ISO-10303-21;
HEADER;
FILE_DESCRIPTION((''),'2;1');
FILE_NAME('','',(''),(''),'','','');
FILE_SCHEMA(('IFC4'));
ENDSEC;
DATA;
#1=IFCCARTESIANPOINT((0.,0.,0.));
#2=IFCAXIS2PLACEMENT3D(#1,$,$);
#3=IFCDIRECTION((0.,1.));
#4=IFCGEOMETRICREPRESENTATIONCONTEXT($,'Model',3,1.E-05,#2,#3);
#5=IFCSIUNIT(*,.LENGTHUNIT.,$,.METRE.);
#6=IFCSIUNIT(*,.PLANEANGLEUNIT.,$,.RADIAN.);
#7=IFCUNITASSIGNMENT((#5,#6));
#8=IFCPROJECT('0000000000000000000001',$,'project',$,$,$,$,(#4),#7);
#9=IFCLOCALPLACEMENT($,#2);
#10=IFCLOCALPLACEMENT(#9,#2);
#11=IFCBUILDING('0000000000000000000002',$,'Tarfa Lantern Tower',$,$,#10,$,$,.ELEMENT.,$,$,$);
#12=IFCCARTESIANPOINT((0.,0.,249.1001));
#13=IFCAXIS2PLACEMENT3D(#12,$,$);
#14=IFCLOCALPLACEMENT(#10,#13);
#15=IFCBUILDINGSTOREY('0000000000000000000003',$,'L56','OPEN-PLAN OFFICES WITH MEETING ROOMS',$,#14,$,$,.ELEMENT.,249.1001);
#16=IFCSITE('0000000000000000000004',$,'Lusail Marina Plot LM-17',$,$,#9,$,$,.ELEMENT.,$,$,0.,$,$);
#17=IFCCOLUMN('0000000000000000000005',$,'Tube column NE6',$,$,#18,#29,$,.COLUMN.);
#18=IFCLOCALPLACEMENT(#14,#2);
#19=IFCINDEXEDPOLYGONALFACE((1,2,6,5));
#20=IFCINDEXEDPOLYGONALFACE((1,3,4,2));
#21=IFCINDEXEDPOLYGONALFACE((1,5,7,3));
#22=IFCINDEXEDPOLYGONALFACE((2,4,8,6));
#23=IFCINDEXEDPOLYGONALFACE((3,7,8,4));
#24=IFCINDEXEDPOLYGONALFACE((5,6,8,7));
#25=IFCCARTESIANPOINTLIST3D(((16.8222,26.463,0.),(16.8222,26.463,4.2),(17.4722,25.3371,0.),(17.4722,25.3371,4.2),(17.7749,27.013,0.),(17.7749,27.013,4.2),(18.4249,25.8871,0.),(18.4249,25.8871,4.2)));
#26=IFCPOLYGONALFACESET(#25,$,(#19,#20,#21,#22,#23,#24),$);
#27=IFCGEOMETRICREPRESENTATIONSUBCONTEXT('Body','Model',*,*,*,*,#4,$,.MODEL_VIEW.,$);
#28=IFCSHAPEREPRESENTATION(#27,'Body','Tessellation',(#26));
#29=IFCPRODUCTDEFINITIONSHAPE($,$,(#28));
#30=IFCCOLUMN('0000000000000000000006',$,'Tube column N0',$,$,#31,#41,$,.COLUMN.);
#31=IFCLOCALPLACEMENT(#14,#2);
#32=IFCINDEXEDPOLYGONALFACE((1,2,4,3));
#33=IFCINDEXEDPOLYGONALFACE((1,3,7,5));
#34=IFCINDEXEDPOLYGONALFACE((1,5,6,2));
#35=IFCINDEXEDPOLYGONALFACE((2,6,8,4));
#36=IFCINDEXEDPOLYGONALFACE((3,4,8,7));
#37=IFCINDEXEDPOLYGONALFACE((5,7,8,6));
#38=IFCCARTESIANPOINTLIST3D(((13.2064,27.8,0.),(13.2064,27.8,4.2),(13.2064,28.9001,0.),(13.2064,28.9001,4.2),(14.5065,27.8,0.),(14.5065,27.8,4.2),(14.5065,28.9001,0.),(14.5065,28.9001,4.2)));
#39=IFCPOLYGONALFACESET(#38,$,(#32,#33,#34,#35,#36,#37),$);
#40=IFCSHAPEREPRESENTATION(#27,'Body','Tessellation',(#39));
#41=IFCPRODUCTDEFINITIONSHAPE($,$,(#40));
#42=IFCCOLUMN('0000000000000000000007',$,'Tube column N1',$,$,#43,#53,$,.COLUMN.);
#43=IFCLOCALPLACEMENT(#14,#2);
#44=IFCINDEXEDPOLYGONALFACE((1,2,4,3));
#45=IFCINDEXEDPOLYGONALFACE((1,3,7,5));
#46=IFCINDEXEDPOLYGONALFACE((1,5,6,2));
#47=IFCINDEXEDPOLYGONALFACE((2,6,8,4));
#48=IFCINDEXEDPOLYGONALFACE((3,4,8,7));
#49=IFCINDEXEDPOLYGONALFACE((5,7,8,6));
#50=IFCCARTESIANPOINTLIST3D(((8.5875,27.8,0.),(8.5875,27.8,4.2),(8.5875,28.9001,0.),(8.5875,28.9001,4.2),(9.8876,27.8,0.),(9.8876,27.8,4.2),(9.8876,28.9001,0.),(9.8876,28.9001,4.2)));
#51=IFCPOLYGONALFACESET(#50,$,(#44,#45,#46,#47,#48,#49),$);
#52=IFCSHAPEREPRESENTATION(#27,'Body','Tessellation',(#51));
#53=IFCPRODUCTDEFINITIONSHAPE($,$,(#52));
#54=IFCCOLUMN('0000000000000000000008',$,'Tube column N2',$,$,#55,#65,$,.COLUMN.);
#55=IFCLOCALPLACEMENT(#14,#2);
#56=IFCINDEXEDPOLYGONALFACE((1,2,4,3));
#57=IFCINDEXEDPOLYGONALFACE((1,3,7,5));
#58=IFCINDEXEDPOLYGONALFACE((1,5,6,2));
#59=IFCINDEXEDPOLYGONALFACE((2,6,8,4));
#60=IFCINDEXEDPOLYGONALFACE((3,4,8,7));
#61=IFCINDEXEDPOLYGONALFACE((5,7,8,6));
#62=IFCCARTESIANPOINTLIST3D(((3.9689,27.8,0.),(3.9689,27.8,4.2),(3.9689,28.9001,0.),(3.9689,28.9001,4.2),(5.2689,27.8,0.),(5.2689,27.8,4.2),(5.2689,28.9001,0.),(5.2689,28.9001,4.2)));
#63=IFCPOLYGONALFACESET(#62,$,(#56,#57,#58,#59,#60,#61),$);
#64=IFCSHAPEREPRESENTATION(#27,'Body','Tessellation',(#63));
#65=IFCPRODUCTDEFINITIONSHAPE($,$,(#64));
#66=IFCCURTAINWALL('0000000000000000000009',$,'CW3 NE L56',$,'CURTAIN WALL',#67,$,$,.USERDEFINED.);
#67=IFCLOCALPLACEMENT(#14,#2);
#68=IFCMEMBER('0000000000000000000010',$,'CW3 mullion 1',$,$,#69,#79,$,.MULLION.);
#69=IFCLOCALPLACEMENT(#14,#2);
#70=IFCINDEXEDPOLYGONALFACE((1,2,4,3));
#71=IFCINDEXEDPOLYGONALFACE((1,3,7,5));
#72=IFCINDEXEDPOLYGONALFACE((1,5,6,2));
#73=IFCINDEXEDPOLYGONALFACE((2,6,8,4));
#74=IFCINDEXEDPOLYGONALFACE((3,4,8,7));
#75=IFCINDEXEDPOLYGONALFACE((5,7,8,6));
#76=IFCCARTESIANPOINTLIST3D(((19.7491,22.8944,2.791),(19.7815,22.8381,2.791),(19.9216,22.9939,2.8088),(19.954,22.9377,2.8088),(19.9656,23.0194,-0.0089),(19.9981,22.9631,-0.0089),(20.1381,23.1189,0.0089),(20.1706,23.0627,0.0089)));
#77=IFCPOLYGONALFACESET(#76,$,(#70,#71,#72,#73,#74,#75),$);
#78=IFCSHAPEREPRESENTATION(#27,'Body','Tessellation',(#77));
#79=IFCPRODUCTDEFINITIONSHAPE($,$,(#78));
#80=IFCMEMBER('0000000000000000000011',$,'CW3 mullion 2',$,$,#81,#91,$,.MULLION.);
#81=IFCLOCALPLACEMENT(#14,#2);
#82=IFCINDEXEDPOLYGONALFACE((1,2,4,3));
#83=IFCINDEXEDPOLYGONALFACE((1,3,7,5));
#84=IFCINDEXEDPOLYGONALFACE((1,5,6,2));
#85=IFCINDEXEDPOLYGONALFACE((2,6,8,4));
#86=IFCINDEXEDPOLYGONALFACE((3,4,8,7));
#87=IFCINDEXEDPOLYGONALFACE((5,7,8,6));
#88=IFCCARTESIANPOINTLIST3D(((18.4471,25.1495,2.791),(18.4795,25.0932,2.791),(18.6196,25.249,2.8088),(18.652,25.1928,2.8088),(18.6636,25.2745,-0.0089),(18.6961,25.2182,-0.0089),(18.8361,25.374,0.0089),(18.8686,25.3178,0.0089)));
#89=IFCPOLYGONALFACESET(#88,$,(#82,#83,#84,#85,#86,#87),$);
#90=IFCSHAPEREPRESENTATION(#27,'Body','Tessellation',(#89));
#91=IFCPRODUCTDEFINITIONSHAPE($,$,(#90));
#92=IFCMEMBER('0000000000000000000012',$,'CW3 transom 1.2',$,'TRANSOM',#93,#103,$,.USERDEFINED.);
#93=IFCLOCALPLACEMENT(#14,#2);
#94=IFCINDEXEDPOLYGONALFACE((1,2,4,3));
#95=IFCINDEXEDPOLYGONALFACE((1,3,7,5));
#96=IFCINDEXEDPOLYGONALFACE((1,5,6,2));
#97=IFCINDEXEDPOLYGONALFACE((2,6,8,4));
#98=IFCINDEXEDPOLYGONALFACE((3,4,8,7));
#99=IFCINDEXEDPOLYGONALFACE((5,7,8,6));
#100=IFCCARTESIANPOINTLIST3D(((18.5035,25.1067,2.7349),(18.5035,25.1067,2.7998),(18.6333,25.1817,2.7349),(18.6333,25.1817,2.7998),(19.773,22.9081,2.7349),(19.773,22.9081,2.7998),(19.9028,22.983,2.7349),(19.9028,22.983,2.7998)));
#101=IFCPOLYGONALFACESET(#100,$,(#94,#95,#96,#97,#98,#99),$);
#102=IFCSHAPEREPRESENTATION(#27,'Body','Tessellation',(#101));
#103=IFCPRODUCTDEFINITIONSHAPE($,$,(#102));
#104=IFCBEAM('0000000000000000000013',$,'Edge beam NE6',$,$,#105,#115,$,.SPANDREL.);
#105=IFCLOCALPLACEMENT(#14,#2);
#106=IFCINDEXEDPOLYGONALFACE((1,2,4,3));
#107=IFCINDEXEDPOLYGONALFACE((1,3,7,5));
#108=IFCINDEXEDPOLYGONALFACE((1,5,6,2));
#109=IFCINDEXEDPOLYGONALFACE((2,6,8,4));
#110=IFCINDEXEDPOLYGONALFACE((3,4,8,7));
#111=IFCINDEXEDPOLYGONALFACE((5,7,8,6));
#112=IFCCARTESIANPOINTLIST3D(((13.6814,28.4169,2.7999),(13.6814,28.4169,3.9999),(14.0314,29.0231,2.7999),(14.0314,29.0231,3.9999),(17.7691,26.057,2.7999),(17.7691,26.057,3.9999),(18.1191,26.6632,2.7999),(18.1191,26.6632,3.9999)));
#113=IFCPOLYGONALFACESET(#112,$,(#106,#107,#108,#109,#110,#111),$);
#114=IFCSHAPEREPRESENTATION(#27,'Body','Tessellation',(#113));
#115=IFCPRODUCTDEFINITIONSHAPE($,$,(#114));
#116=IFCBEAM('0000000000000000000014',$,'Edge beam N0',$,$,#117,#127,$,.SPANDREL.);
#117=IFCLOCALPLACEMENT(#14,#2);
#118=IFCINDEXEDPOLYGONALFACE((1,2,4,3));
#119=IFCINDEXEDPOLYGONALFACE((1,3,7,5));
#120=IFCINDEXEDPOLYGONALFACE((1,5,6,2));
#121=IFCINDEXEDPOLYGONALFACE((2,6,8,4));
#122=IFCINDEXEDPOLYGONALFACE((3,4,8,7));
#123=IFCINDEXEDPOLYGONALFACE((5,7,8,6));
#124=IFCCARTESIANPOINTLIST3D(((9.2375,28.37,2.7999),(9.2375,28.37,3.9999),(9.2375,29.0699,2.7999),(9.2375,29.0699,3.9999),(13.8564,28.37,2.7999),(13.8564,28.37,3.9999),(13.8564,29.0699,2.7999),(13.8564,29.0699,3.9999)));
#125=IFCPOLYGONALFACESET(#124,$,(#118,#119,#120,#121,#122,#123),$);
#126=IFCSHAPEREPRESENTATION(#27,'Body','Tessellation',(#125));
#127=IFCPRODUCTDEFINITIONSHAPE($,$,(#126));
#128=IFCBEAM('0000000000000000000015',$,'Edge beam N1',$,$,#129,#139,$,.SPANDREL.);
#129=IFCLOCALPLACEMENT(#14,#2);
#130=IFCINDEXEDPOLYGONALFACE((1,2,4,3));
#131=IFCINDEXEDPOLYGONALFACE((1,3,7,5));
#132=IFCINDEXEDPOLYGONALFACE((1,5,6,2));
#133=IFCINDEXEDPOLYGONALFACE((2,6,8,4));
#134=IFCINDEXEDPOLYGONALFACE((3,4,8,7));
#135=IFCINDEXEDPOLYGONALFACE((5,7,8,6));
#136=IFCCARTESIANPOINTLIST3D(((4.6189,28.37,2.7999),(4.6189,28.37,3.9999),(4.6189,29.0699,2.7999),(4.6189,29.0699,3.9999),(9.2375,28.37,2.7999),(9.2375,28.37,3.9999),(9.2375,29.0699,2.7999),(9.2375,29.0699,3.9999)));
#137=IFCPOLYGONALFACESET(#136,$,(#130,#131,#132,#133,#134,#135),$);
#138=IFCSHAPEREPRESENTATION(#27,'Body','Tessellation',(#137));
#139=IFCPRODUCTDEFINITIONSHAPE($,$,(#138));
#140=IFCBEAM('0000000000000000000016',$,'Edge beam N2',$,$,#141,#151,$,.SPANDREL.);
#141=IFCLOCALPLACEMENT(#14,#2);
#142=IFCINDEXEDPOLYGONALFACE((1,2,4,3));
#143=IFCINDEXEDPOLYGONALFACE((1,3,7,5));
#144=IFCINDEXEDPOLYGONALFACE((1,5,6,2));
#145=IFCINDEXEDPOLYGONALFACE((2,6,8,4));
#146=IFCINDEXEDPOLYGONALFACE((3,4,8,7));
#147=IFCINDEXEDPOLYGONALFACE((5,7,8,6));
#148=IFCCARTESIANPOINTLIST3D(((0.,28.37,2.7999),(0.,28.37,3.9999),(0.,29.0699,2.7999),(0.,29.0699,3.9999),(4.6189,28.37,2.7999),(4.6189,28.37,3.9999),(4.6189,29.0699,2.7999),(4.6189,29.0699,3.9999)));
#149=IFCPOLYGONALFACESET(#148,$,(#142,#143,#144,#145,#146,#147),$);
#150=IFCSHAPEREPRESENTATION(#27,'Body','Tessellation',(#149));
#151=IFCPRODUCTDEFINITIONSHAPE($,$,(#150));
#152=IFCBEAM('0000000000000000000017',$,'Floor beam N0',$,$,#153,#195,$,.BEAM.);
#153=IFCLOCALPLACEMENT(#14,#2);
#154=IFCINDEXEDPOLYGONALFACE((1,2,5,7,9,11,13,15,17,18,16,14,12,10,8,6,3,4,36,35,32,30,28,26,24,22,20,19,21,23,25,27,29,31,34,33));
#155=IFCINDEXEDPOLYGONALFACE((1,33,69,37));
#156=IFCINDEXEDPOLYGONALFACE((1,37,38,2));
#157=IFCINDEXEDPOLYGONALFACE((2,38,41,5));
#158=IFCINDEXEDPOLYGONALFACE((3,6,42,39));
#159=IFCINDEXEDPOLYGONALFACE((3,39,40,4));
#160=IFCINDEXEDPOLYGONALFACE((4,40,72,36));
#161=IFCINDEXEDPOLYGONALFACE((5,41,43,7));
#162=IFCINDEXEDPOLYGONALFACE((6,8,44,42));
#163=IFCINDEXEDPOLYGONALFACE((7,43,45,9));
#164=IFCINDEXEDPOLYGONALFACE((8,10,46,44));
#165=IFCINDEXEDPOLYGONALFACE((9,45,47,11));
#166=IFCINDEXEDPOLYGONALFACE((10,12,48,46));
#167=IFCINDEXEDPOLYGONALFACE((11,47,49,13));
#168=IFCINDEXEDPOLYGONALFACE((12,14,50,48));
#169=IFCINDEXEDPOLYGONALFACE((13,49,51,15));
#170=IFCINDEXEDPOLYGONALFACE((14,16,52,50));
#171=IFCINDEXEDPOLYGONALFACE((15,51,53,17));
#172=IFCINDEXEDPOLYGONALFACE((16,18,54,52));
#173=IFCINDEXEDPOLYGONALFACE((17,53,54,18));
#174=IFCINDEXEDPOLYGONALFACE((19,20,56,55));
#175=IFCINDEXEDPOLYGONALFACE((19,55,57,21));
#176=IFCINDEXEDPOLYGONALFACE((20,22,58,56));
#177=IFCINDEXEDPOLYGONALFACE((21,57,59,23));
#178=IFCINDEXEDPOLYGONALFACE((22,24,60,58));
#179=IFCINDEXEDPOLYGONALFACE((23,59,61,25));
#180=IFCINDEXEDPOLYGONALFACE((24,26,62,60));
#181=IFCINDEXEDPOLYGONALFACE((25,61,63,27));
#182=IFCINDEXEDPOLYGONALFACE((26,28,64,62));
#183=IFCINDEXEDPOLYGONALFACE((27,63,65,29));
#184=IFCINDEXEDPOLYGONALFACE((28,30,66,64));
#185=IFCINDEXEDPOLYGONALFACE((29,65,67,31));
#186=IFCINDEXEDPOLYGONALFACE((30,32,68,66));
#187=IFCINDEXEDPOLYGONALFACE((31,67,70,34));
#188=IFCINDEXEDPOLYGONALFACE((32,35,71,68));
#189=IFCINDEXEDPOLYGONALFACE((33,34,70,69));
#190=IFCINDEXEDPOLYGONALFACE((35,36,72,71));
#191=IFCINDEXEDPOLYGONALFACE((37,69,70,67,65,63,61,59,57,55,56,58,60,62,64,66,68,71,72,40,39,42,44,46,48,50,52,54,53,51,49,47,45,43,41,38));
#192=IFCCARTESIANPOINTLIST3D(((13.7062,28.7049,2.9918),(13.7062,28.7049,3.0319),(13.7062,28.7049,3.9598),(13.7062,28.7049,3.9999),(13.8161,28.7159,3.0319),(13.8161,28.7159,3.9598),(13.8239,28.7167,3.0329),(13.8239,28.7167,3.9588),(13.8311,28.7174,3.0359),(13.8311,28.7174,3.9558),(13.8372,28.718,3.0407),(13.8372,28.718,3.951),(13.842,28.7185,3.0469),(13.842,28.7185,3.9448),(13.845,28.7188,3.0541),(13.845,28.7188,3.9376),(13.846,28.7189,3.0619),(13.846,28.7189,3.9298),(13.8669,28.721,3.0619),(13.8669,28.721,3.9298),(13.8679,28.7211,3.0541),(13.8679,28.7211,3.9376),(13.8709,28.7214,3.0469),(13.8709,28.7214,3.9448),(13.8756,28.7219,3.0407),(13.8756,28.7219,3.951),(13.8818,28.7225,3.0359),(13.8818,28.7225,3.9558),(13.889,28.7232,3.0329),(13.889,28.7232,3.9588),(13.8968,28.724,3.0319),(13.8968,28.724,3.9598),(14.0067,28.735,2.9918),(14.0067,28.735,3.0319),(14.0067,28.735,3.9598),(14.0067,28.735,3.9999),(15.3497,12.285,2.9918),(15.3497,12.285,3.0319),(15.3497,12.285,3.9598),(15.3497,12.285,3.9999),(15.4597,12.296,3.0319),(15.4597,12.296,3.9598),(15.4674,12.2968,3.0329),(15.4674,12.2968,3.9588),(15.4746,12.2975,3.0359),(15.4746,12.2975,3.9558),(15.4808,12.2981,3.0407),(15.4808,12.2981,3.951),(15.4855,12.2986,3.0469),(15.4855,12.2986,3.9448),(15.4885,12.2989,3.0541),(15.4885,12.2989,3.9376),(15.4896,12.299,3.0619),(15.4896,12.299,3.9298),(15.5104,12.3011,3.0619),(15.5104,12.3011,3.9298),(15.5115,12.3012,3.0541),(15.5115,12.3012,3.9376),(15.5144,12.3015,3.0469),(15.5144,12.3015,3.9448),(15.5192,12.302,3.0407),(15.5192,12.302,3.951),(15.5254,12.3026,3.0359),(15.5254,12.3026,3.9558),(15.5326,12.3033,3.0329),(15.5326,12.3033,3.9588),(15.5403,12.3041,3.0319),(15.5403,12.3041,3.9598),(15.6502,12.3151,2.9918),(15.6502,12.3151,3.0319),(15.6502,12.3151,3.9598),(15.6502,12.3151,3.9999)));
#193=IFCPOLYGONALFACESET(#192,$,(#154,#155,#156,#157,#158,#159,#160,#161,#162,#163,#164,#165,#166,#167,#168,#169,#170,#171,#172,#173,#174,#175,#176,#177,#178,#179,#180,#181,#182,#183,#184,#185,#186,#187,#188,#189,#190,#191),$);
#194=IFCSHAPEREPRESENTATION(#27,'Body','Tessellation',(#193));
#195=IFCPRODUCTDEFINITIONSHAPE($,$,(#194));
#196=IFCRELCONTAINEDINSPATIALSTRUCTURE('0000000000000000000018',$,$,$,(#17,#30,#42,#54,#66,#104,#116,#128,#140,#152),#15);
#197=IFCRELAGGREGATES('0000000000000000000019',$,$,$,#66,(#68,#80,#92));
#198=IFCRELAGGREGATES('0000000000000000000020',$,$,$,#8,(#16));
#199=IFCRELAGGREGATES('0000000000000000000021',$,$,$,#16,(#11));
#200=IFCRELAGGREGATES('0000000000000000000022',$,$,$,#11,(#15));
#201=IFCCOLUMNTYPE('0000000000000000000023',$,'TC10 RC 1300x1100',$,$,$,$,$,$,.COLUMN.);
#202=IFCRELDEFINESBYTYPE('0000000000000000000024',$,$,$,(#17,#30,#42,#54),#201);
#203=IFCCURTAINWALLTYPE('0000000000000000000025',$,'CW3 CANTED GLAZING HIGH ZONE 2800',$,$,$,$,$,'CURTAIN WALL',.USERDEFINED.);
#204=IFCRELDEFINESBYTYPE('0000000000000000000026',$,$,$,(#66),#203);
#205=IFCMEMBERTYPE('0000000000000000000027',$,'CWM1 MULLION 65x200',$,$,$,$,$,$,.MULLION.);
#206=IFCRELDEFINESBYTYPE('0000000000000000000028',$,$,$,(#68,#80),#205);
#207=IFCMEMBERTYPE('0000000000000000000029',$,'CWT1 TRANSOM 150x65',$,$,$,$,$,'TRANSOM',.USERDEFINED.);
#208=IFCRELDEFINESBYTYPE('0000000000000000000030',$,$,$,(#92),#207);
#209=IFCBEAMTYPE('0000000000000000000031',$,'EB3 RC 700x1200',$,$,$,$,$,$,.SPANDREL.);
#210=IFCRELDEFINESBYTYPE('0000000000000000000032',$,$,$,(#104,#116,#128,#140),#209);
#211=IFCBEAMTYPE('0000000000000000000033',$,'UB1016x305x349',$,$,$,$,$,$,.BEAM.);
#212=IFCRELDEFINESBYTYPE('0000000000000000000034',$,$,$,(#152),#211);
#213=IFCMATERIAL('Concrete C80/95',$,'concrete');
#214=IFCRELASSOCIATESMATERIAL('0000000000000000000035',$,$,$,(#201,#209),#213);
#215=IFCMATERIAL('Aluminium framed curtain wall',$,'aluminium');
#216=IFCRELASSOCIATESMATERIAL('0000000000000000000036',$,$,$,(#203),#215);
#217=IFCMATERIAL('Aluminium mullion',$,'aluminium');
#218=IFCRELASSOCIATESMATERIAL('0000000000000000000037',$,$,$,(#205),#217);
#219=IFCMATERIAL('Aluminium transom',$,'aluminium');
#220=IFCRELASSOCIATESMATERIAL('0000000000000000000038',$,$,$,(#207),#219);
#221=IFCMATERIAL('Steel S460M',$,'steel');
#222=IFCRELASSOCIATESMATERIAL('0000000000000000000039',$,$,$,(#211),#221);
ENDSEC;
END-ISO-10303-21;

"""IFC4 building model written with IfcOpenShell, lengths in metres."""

from ifc_helpers import new_model, si_unit, direction, frame, origin, origin_2d, place, context, subcontext, project, spatial, rectangle, i_section, extrude, material, material_profile, profile_set, type_object, element, aggregate, save


model = new_model("IFC4")

# Units and contexts
model_context = context("Model", 3, precision=1e-05, world=origin(), true_north=direction((0.0, 1.0)))
body_context = subcontext(model_context, "Body", "Model", "MODEL_VIEW")
ifc_project = project(units=[si_unit("LENGTHUNIT", "METRE"), si_unit("PLANEANGLEUNIT", "RADIAN")], contexts=[model_context])

# Site, building, storey
site_placement = place(None, origin())
site = spatial("IfcSite", under=ifc_project, at=site_placement, Name="Lusail Marina Plot LM-17", CompositionType="ELEMENT", RefElevation=0.0)
building_placement = place(site_placement, origin())
building = spatial("IfcBuilding", under=site, at=building_placement, Name="Tarfa Lantern Tower", CompositionType="ELEMENT")
storey_placement = place(building_placement, frame((0.0, 0.0, 249.1001)))
storey = spatial("IfcBuildingStorey", under=building, at=storey_placement, Name="L56", Description="OPEN-PLAN OFFICES WITH MEETING ROOMS", CompositionType="ELEMENT", Elevation=249.1001)

# Columns
ifc_material_1 = material(Name="Concrete C80/95", Category="concrete")
ifc_material_profile_1 = material_profile(ifc_material_1, rectangle(XDim=1.3, YDim=1.1001, at=origin_2d()), Name="RC 1300x1100")
ifc_profile_set_1 = profile_set([ifc_material_profile_1], Name="Concrete C80/95")
column_type = type_object("IfcColumnType", Name="TC10 RC 1300x1100", PredefinedType="COLUMN", material=ifc_profile_set_1)
for number, where, z_axis, x_axis, name in (
    (1, (17.6235, 26.175, 0.0), (0.0, 0.0, 1.0), (-0.5, 0.866025, 0.0), "Tube column NE6"),
    (2, (13.8564, 28.3501, 0.0), (0.0, 0.0, 1.0), (-1.0, 0.0, 0.0), "Tube column N0"),
    (3, (9.2375, 28.3501, 0.0), (0.0, 0.0, 1.0), (-1.0, 0.0, 0.0), "Tube column N1"),
    (4, (4.6189, 28.3501, 0.0), (0.0, 0.0, 1.0), (-1.0, 0.0, 0.0), "Tube column N2"),
):
    element("IfcColumn", number, at=place(storey_placement, frame(where, z_axis=z_axis, x_axis=x_axis)), inside=storey, type_object=column_type, Name=name, PredefinedType="COLUMN", context=body_context, shape_type="SweptSolid", body=[
        extrude(rectangle(XDim=1.3, YDim=1.1001, at=origin_2d()), origin(), (0.0, 0.0, 1.0), 4.2),
    ])

# Curtain wall, members
ifc_material_2 = material(Name="Aluminium framed curtain wall", Category="aluminium")
curtain_wall_type = type_object("IfcCurtainWallType", Name="CW3 CANTED GLAZING HIGH ZONE 2800", ElementType="CURTAIN WALL", PredefinedType="USERDEFINED", material=ifc_material_2)
curtain_wall_placement = place(storey_placement, origin())
curtain_wall = element("IfcCurtainWall", 5, at=curtain_wall_placement, inside=storey, type_object=curtain_wall_type, Name="CW3 NE L56", ObjectType="CURTAIN WALL", PredefinedType="USERDEFINED")
ifc_material_3 = material(Name="Aluminium mullion", Category="aluminium")
ifc_material_profile_2 = material_profile(ifc_material_3, rectangle(XDim=0.0649, YDim=0.2, at=origin_2d()), Name="AL MULLION 65x200")
ifc_profile_set_2 = profile_set([ifc_material_profile_2], Name="Aluminium mullion")
member_type_1 = type_object("IfcMemberType", Name="CWM1 MULLION 65x200", PredefinedType="MULLION", material=ifc_profile_set_2)
member_1_placement = place(storey_placement, frame((20.0681, 23.041, 0.0), z_axis=(-0.077039, -0.044469, 0.996036), x_axis=(0.49992, -0.866072, 0.0)))
member_1 = element("IfcMember", 6, at=member_1_placement, type_object=member_type_1, Name="CW3 mullion 1", PredefinedType="MULLION", context=body_context, shape_type="SweptSolid", body=[
    extrude(rectangle(XDim=0.0649, YDim=0.2, at=origin_2d()), origin(), (0.0, 0.0, 1.0), 2.811),
])
member_2_placement = place(storey_placement, frame((18.7661, 25.2961, 0.0), z_axis=(-0.077039, -0.044469, 0.996036), x_axis=(0.49992, -0.866072, 0.0)))
member_2 = element("IfcMember", 7, at=member_2_placement, type_object=member_type_1, Name="CW3 mullion 2", PredefinedType="MULLION", context=body_context, shape_type="SweptSolid", body=[
    extrude(rectangle(XDim=0.0649, YDim=0.2, at=origin_2d()), origin(), (0.0, 0.0, 1.0), 2.811),
])
ifc_material_4 = material(Name="Aluminium transom", Category="aluminium")
ifc_material_profile_3 = material_profile(ifc_material_4, rectangle(XDim=0.1499, YDim=0.0649, at=origin_2d()), Name="AL TRANSOM 150x65")
ifc_profile_set_3 = profile_set([ifc_material_profile_3], Name="Aluminium transom")
member_type_2 = type_object("IfcMemberType", Name="CWT1 TRANSOM 150x65", ElementType="TRANSOM", PredefinedType="USERDEFINED", material=ifc_profile_set_3)
member_3_placement = place(storey_placement, frame((19.8379, 22.9456, 2.7673), z_axis=(-0.500028, 0.866009, 0.0), x_axis=(-0.866009, -0.500028, 0.0)))
member_3 = element("IfcMember", 8, at=member_3_placement, type_object=member_type_2, Name="CW3 transom 1.2", ObjectType="TRANSOM", PredefinedType="USERDEFINED", context=body_context, shape_type="SweptSolid", body=[
    extrude(rectangle(XDim=0.1499, YDim=0.0649, at=origin_2d()), origin(), (0.0, 0.0, 1.0), 2.5388),
])

# Beams
ifc_material_profile_4 = material_profile(ifc_material_1, rectangle(XDim=0.7, YDim=1.2, at=origin_2d()), Name="RC 700x1200")
ifc_profile_set_4 = profile_set([ifc_material_profile_4], Name="Concrete C80/95")
beam_type_1 = type_object("IfcBeamType", Name="EB3 RC 700x1200", PredefinedType="SPANDREL", material=ifc_profile_set_4)
beam_1_placement = place(storey_placement, frame((17.9441, 26.3601, 3.3999), z_axis=(-0.866038, 0.499978, 0.0), x_axis=(-0.499978, -0.866038, 0.0)))
element("IfcBeam", 9, at=beam_1_placement, inside=storey, type_object=beam_type_1, Name="Edge beam NE6", PredefinedType="SPANDREL", context=body_context, shape_type="SweptSolid", body=[
    extrude(rectangle(XDim=0.7, YDim=1.2, at=origin_2d()), origin(), (0.0, 0.0, 1.0), 4.72),
])
beam_2_placement = place(storey_placement, frame((13.8564, 28.72, 3.3999), z_axis=(-1.0, 0.0, 0.0), x_axis=(0.0, -1.0, 0.0)))
element("IfcBeam", 10, at=beam_2_placement, inside=storey, type_object=beam_type_1, Name="Edge beam N0", PredefinedType="SPANDREL", context=body_context, shape_type="SweptSolid", body=[
    extrude(rectangle(XDim=0.7, YDim=1.2, at=origin_2d()), origin(), (0.0, 0.0, 1.0), 4.6189),
])
beam_3_placement = place(storey_placement, frame((9.2375, 28.72, 3.3999), z_axis=(-1.0, 0.0, 0.0), x_axis=(0.0, -1.0, 0.0)))
element("IfcBeam", 11, at=beam_3_placement, inside=storey, type_object=beam_type_1, Name="Edge beam N1", PredefinedType="SPANDREL", context=body_context, shape_type="SweptSolid", body=[
    extrude(rectangle(XDim=0.7, YDim=1.2, at=origin_2d()), origin(), (0.0, 0.0, 1.0), 4.6187),
])
beam_4_placement = place(storey_placement, frame((4.6189, 28.72, 3.3999), z_axis=(-1.0, 0.0, 0.0), x_axis=(0.0, -1.0, 0.0)))
element("IfcBeam", 12, at=beam_4_placement, inside=storey, type_object=beam_type_1, Name="Edge beam N2", PredefinedType="SPANDREL", context=body_context, shape_type="SweptSolid", body=[
    extrude(rectangle(XDim=0.7, YDim=1.2, at=origin_2d()), origin(), (0.0, 0.0, 1.0), 4.6189),
])
ifc_material_5 = material(Name="Steel S460M", Category="steel")
ifc_material_profile_5 = material_profile(ifc_material_5, i_section(OverallWidth=0.302, OverallDepth=1.0081, WebThickness=0.021, FlangeThickness=0.04, FilletRadius=0.03, at=origin_2d()), Name="UB1016x305x349")
ifc_profile_set_5 = profile_set([ifc_material_profile_5], Name="Steel S460M")
beam_type_2 = type_object("IfcBeamType", Name="UB1016x305x349", PredefinedType="BEAM", material=ifc_profile_set_5)
beam_5_placement = place(storey_placement, frame((13.8564, 28.72, 3.4958), z_axis=(0.099597, -0.995028, 0.0), x_axis=(0.995028, 0.099597, 0.0)))
element("IfcBeam", 13, at=beam_5_placement, inside=storey, type_object=beam_type_2, Name="Floor beam N0", PredefinedType="BEAM", context=body_context, shape_type="SweptSolid", body=[
    extrude(i_section(OverallWidth=0.302, OverallDepth=1.0081, WebThickness=0.021, FlangeThickness=0.04, FilletRadius=0.03, at=origin_2d()), origin(), (0.0, 0.0, 1.0), 16.502),
])

aggregate(curtain_wall, [member_1, member_2, member_3])

save(model, "model.ifc")
